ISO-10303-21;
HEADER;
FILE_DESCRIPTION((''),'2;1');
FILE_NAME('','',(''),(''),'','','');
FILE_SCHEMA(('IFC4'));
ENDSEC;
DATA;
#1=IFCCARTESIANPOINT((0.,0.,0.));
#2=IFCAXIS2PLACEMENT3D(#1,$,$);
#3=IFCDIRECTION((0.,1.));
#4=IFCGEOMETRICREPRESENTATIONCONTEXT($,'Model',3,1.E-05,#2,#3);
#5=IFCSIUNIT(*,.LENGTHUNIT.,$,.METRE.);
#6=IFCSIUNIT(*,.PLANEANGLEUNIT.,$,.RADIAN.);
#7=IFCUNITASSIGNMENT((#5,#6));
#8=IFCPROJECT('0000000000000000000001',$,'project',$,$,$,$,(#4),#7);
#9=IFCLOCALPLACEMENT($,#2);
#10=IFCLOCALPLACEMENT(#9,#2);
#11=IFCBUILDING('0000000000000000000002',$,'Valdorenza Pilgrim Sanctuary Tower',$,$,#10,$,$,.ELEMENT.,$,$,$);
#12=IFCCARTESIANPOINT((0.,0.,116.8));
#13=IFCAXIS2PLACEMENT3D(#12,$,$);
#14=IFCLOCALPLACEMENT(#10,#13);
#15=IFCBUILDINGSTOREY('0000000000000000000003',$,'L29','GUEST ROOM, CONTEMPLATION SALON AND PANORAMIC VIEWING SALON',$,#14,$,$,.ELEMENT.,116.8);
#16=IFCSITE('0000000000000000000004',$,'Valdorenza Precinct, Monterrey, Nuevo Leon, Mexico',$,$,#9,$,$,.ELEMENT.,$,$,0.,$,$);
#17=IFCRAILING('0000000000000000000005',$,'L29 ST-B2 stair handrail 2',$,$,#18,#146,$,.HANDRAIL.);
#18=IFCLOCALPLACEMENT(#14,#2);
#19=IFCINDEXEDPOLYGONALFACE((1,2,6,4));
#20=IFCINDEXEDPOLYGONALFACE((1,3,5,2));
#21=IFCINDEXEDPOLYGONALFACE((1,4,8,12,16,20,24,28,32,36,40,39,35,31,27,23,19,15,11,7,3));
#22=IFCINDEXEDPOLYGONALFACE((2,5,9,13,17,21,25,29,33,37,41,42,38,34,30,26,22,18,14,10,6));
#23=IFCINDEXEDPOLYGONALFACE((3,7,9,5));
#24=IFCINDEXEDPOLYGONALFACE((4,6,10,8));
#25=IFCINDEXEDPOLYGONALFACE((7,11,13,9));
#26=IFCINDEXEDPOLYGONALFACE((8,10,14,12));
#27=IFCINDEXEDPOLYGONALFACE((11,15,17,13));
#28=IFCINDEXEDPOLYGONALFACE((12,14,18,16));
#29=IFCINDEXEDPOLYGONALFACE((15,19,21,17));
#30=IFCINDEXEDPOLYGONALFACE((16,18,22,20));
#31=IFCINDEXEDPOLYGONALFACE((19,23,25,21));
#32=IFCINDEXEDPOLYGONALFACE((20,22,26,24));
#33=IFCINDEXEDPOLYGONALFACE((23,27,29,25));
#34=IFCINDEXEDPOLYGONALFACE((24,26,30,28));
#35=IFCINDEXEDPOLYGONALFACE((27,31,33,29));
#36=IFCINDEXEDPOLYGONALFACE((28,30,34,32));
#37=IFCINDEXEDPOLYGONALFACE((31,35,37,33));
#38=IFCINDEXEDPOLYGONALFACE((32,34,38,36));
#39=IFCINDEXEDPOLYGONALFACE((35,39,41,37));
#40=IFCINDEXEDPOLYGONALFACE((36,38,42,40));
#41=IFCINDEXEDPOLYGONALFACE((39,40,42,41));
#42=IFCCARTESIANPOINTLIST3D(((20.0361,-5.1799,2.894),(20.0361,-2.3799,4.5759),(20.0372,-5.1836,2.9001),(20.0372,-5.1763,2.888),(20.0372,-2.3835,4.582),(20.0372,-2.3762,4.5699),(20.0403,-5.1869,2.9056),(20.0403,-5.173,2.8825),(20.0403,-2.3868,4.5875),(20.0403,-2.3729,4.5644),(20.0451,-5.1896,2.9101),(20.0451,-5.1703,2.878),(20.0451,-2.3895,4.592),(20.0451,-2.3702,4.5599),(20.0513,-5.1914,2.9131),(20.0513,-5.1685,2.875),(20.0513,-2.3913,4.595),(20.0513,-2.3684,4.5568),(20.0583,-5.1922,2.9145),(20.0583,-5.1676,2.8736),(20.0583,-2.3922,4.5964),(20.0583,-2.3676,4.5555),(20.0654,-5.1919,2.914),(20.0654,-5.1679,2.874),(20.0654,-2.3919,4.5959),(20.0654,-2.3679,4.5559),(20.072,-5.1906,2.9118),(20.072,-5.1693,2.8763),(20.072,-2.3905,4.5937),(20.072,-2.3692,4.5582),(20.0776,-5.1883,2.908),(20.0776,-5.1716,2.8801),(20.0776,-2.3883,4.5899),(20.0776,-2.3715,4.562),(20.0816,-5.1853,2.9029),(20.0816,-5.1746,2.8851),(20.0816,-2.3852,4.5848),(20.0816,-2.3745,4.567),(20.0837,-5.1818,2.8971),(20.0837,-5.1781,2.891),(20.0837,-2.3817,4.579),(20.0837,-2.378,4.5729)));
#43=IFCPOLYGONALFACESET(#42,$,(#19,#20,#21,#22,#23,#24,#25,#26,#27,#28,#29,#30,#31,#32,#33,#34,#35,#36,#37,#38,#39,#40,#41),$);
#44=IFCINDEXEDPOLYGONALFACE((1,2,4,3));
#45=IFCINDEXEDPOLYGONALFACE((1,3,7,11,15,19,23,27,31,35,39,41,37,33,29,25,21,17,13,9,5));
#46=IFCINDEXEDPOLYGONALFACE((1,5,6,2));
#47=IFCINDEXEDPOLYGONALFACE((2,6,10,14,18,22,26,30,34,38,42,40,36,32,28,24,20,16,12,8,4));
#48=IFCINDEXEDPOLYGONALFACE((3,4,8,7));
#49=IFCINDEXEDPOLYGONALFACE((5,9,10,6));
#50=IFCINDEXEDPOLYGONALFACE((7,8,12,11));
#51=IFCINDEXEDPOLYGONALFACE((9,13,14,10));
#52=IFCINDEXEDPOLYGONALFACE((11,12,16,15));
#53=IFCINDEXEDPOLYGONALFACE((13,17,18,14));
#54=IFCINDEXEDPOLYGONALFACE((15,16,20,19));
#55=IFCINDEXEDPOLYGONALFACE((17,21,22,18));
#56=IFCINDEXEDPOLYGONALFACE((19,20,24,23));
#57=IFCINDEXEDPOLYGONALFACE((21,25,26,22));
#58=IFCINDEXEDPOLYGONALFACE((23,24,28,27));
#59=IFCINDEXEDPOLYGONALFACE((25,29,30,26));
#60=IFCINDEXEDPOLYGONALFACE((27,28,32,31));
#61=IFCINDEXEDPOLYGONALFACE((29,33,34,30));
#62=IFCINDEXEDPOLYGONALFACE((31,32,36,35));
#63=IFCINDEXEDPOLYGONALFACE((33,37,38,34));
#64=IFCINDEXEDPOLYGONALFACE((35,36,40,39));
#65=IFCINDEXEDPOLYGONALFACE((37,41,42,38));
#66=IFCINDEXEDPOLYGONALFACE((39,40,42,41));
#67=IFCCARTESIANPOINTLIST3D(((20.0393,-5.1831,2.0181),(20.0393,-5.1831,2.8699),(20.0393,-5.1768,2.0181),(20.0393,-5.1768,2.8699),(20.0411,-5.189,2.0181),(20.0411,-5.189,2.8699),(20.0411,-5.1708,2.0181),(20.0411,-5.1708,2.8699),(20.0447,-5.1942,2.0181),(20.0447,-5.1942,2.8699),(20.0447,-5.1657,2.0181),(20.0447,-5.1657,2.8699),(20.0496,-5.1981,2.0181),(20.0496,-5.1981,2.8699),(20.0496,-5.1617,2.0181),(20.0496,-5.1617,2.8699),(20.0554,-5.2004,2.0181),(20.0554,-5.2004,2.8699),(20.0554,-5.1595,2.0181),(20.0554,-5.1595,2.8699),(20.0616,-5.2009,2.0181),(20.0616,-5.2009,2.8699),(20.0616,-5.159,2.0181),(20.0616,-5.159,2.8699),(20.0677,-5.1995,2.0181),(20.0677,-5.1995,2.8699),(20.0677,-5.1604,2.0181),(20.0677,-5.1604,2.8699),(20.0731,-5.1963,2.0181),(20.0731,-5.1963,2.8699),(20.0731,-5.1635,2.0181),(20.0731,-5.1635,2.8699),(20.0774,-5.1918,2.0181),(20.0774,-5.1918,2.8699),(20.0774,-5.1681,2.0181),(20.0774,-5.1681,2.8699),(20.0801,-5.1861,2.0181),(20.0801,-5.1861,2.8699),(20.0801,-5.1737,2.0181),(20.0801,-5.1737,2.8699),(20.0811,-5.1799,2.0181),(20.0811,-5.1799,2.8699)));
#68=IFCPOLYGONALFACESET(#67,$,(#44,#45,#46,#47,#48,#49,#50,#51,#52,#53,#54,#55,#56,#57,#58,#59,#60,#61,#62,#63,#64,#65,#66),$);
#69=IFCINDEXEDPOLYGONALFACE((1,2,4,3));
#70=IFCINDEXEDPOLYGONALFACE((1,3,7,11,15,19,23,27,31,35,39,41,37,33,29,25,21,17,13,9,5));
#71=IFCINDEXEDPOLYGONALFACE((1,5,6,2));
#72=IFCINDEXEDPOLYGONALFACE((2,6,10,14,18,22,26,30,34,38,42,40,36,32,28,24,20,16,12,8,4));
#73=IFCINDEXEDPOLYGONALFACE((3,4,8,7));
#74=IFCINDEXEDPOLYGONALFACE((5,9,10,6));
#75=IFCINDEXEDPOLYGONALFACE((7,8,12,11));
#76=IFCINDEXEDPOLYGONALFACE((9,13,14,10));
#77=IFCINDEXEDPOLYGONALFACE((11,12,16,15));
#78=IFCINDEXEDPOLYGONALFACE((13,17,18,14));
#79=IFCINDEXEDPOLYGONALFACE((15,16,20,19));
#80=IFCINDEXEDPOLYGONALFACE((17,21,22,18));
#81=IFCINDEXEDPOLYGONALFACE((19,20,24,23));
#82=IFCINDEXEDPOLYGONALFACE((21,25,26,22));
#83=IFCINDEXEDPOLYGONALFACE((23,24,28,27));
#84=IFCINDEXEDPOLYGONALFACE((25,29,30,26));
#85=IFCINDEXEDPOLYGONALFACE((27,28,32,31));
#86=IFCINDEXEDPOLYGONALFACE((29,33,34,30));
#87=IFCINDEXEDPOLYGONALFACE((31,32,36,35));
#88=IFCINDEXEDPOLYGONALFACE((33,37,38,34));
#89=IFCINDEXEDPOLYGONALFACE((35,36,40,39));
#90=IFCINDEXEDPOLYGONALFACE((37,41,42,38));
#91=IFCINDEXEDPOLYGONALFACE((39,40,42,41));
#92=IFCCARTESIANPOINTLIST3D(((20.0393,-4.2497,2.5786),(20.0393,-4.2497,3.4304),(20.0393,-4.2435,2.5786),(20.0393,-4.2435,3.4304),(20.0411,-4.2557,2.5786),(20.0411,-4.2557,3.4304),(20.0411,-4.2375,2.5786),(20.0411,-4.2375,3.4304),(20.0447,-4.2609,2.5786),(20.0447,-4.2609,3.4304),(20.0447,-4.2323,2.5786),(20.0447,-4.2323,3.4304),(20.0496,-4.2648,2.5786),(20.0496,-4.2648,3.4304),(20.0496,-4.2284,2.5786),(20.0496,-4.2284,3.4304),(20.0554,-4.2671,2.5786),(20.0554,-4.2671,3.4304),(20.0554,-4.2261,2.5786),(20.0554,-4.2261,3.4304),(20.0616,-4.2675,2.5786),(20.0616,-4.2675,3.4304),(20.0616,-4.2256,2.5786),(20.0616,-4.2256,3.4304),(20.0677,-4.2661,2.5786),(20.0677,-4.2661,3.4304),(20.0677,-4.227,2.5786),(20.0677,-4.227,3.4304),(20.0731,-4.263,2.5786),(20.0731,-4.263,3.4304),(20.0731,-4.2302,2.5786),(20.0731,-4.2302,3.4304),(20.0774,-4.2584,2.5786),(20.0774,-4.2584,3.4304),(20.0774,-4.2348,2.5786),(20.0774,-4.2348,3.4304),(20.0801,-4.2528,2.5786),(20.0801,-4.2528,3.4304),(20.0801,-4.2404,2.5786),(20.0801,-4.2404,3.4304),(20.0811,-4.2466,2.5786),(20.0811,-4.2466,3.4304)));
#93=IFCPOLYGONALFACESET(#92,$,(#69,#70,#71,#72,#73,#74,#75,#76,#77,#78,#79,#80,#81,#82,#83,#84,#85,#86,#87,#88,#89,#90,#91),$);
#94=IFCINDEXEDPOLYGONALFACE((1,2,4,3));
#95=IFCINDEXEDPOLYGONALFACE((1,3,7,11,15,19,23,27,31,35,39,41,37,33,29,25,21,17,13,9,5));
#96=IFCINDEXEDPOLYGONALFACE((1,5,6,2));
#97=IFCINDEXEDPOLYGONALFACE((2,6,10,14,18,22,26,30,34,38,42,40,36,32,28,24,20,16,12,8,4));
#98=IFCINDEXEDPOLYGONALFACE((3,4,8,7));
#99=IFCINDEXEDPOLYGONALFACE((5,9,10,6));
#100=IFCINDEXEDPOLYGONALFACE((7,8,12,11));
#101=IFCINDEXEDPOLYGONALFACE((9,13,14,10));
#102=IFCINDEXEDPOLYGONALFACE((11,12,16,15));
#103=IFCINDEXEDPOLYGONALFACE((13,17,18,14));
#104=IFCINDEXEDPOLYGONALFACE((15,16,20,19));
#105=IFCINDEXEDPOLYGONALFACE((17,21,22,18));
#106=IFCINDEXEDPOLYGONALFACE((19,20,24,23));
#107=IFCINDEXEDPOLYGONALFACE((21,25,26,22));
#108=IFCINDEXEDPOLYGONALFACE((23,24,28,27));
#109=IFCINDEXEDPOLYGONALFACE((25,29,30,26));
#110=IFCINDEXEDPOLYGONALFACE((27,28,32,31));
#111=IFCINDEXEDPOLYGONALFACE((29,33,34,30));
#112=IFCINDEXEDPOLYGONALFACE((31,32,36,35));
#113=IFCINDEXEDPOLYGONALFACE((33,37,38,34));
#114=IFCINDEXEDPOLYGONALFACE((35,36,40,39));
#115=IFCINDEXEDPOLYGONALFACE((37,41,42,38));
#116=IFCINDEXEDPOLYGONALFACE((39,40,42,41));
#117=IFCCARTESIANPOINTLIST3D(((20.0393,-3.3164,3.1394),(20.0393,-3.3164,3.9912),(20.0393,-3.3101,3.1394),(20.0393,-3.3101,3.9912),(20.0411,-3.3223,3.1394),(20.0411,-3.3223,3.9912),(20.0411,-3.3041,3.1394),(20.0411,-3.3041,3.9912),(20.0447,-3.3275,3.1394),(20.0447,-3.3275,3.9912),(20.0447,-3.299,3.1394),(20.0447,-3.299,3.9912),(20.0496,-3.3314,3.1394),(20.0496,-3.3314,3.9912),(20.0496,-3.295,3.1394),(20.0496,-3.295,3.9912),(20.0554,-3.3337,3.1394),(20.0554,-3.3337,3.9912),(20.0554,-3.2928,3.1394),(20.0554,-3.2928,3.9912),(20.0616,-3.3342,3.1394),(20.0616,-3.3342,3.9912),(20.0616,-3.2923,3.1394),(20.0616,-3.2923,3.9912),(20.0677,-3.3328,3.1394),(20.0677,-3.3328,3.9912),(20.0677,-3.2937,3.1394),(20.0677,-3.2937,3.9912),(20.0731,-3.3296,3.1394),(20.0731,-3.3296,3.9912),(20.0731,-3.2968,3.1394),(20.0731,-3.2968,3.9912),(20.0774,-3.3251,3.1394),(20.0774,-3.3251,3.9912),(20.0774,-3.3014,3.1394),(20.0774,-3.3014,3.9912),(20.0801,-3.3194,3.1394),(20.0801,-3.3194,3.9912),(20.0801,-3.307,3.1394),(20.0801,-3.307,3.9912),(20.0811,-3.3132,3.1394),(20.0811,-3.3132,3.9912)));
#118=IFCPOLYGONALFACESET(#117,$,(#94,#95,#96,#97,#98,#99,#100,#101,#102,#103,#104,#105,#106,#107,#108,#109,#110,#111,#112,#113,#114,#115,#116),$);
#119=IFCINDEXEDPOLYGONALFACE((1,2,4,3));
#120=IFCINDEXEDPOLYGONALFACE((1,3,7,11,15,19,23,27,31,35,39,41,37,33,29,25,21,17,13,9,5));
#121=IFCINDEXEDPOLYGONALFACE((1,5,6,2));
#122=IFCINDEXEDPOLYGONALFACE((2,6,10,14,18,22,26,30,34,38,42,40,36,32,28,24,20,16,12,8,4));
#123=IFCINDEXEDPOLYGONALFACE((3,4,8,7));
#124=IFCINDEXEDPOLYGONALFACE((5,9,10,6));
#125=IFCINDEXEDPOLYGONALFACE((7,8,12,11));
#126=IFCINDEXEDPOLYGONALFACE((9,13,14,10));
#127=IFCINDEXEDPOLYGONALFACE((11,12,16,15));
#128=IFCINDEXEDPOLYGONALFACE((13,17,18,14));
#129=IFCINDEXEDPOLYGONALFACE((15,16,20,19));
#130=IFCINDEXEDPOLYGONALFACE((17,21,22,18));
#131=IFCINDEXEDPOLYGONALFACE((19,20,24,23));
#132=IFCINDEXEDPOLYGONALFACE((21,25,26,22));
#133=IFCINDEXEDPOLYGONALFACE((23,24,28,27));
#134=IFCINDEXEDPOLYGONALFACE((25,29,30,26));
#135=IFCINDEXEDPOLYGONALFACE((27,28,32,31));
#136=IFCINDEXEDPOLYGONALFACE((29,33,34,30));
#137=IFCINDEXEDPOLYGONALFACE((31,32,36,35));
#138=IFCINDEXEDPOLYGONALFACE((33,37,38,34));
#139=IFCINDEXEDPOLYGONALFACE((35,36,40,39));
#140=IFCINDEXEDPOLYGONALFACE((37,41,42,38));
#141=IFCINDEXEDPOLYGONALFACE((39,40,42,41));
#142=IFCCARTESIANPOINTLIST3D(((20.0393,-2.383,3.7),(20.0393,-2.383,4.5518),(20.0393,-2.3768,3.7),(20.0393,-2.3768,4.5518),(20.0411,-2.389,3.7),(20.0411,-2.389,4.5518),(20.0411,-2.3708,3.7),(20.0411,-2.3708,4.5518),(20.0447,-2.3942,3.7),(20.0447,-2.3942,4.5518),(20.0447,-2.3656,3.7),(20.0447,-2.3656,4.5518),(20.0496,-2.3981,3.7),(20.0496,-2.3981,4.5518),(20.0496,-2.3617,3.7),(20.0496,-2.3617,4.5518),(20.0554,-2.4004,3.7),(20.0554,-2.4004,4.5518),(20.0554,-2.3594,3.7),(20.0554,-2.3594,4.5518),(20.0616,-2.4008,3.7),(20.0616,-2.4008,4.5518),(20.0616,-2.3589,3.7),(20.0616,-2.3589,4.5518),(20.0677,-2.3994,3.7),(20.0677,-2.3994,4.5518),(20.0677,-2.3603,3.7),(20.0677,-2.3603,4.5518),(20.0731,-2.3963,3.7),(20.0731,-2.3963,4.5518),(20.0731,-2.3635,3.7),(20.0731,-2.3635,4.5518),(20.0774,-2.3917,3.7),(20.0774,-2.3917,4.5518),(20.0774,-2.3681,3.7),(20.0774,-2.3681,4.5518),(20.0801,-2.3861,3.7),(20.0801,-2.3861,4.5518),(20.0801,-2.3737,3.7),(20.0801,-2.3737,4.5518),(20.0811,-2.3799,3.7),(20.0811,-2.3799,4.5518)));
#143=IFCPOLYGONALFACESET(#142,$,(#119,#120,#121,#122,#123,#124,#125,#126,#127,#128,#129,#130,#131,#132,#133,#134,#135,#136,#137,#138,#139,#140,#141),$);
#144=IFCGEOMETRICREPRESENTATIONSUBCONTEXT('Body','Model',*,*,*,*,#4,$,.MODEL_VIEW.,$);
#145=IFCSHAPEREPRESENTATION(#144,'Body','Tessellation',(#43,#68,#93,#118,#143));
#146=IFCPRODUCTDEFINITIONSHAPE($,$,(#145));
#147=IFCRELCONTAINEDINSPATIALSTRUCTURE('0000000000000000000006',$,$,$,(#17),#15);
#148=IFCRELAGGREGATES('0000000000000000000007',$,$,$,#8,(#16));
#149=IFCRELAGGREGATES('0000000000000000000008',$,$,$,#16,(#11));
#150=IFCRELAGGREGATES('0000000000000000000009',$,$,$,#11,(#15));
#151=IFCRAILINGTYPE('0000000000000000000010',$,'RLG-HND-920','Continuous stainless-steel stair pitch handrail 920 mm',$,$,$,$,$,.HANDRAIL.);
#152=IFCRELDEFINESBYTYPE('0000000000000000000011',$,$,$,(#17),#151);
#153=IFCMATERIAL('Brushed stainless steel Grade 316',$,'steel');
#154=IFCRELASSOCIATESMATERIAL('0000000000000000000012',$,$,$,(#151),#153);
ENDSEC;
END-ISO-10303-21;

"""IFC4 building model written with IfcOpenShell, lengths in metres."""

from ifc_helpers import new_model, si_unit, direction, frame, origin, origin_2d, place, context, subcontext, project, spatial, circle, extrude, material, type_object, element, save


model = new_model("IFC4")

# Units and contexts
model_context = context("Model", 3, precision=1e-05, world=origin(), true_north=direction((0.0, 1.0)))
body_context = subcontext(model_context, "Body", "Model", "MODEL_VIEW")
ifc_project = project(units=[si_unit("LENGTHUNIT", "METRE"), si_unit("PLANEANGLEUNIT", "RADIAN")], contexts=[model_context])

# Site, building, storey
site_placement = place(None, origin())
site = spatial("IfcSite", under=ifc_project, at=site_placement, Name="Valdorenza Precinct, Monterrey, Nuevo Leon, Mexico", CompositionType="ELEMENT", RefElevation=0.0)
building_placement = place(site_placement, origin())
building = spatial("IfcBuilding", under=site, at=building_placement, Name="Valdorenza Pilgrim Sanctuary Tower", CompositionType="ELEMENT")
storey_placement = place(building_placement, frame((0.0, 0.0, 116.8)))
storey = spatial("IfcBuildingStorey", under=building, at=storey_placement, Name="L29", Description="GUEST ROOM, CONTEMPLATION SALON AND PANORAMIC VIEWING SALON", CompositionType="ELEMENT", Elevation=116.8)

# Railing
ifc_material_1 = material(Name="Brushed stainless steel Grade 316", Category="steel")
railing_type_1 = type_object("IfcRailingType", Name="RLG-HND-920", Description="Continuous stainless-steel stair pitch handrail 920 mm", PredefinedType="HANDRAIL", material=ifc_material_1)
railing_1_placement = place(storey_placement, frame((20.0601, -5.1799, 2.0181)))
element("IfcRailing", 1, at=railing_1_placement, inside=storey, type_object=railing_type_1, Name="L29 ST-B2 stair handrail 2", PredefinedType="HANDRAIL", context=body_context, shape_type="SweptSolid", body=[
    extrude(circle(Radius=0.0239, at=origin_2d()), frame((0.0, 0.0, 0.876), z_axis=(0.0, 0.857242, 0.514913), x_axis=(-1.0, 0.0, 0.0)), (0.0, 0.0, 1.0), 3.2664),
    extrude(circle(Radius=0.021, at=origin_2d()), origin(), (0.0, 0.0, 1.0), 0.8518),
    extrude(circle(Radius=0.021, at=origin_2d()), frame((0.0, 0.9333, 0.5605)), (0.0, 0.0, 1.0), 0.8518),
    extrude(circle(Radius=0.021, at=origin_2d()), frame((0.0, 1.8667, 1.1213)), (0.0, 0.0, 1.0), 0.8518),
    extrude(circle(Radius=0.021, at=origin_2d()), frame((0.0, 2.8, 1.6819)), (0.0, 0.0, 1.0), 0.8518),
])

save(model, "model.ifc")
